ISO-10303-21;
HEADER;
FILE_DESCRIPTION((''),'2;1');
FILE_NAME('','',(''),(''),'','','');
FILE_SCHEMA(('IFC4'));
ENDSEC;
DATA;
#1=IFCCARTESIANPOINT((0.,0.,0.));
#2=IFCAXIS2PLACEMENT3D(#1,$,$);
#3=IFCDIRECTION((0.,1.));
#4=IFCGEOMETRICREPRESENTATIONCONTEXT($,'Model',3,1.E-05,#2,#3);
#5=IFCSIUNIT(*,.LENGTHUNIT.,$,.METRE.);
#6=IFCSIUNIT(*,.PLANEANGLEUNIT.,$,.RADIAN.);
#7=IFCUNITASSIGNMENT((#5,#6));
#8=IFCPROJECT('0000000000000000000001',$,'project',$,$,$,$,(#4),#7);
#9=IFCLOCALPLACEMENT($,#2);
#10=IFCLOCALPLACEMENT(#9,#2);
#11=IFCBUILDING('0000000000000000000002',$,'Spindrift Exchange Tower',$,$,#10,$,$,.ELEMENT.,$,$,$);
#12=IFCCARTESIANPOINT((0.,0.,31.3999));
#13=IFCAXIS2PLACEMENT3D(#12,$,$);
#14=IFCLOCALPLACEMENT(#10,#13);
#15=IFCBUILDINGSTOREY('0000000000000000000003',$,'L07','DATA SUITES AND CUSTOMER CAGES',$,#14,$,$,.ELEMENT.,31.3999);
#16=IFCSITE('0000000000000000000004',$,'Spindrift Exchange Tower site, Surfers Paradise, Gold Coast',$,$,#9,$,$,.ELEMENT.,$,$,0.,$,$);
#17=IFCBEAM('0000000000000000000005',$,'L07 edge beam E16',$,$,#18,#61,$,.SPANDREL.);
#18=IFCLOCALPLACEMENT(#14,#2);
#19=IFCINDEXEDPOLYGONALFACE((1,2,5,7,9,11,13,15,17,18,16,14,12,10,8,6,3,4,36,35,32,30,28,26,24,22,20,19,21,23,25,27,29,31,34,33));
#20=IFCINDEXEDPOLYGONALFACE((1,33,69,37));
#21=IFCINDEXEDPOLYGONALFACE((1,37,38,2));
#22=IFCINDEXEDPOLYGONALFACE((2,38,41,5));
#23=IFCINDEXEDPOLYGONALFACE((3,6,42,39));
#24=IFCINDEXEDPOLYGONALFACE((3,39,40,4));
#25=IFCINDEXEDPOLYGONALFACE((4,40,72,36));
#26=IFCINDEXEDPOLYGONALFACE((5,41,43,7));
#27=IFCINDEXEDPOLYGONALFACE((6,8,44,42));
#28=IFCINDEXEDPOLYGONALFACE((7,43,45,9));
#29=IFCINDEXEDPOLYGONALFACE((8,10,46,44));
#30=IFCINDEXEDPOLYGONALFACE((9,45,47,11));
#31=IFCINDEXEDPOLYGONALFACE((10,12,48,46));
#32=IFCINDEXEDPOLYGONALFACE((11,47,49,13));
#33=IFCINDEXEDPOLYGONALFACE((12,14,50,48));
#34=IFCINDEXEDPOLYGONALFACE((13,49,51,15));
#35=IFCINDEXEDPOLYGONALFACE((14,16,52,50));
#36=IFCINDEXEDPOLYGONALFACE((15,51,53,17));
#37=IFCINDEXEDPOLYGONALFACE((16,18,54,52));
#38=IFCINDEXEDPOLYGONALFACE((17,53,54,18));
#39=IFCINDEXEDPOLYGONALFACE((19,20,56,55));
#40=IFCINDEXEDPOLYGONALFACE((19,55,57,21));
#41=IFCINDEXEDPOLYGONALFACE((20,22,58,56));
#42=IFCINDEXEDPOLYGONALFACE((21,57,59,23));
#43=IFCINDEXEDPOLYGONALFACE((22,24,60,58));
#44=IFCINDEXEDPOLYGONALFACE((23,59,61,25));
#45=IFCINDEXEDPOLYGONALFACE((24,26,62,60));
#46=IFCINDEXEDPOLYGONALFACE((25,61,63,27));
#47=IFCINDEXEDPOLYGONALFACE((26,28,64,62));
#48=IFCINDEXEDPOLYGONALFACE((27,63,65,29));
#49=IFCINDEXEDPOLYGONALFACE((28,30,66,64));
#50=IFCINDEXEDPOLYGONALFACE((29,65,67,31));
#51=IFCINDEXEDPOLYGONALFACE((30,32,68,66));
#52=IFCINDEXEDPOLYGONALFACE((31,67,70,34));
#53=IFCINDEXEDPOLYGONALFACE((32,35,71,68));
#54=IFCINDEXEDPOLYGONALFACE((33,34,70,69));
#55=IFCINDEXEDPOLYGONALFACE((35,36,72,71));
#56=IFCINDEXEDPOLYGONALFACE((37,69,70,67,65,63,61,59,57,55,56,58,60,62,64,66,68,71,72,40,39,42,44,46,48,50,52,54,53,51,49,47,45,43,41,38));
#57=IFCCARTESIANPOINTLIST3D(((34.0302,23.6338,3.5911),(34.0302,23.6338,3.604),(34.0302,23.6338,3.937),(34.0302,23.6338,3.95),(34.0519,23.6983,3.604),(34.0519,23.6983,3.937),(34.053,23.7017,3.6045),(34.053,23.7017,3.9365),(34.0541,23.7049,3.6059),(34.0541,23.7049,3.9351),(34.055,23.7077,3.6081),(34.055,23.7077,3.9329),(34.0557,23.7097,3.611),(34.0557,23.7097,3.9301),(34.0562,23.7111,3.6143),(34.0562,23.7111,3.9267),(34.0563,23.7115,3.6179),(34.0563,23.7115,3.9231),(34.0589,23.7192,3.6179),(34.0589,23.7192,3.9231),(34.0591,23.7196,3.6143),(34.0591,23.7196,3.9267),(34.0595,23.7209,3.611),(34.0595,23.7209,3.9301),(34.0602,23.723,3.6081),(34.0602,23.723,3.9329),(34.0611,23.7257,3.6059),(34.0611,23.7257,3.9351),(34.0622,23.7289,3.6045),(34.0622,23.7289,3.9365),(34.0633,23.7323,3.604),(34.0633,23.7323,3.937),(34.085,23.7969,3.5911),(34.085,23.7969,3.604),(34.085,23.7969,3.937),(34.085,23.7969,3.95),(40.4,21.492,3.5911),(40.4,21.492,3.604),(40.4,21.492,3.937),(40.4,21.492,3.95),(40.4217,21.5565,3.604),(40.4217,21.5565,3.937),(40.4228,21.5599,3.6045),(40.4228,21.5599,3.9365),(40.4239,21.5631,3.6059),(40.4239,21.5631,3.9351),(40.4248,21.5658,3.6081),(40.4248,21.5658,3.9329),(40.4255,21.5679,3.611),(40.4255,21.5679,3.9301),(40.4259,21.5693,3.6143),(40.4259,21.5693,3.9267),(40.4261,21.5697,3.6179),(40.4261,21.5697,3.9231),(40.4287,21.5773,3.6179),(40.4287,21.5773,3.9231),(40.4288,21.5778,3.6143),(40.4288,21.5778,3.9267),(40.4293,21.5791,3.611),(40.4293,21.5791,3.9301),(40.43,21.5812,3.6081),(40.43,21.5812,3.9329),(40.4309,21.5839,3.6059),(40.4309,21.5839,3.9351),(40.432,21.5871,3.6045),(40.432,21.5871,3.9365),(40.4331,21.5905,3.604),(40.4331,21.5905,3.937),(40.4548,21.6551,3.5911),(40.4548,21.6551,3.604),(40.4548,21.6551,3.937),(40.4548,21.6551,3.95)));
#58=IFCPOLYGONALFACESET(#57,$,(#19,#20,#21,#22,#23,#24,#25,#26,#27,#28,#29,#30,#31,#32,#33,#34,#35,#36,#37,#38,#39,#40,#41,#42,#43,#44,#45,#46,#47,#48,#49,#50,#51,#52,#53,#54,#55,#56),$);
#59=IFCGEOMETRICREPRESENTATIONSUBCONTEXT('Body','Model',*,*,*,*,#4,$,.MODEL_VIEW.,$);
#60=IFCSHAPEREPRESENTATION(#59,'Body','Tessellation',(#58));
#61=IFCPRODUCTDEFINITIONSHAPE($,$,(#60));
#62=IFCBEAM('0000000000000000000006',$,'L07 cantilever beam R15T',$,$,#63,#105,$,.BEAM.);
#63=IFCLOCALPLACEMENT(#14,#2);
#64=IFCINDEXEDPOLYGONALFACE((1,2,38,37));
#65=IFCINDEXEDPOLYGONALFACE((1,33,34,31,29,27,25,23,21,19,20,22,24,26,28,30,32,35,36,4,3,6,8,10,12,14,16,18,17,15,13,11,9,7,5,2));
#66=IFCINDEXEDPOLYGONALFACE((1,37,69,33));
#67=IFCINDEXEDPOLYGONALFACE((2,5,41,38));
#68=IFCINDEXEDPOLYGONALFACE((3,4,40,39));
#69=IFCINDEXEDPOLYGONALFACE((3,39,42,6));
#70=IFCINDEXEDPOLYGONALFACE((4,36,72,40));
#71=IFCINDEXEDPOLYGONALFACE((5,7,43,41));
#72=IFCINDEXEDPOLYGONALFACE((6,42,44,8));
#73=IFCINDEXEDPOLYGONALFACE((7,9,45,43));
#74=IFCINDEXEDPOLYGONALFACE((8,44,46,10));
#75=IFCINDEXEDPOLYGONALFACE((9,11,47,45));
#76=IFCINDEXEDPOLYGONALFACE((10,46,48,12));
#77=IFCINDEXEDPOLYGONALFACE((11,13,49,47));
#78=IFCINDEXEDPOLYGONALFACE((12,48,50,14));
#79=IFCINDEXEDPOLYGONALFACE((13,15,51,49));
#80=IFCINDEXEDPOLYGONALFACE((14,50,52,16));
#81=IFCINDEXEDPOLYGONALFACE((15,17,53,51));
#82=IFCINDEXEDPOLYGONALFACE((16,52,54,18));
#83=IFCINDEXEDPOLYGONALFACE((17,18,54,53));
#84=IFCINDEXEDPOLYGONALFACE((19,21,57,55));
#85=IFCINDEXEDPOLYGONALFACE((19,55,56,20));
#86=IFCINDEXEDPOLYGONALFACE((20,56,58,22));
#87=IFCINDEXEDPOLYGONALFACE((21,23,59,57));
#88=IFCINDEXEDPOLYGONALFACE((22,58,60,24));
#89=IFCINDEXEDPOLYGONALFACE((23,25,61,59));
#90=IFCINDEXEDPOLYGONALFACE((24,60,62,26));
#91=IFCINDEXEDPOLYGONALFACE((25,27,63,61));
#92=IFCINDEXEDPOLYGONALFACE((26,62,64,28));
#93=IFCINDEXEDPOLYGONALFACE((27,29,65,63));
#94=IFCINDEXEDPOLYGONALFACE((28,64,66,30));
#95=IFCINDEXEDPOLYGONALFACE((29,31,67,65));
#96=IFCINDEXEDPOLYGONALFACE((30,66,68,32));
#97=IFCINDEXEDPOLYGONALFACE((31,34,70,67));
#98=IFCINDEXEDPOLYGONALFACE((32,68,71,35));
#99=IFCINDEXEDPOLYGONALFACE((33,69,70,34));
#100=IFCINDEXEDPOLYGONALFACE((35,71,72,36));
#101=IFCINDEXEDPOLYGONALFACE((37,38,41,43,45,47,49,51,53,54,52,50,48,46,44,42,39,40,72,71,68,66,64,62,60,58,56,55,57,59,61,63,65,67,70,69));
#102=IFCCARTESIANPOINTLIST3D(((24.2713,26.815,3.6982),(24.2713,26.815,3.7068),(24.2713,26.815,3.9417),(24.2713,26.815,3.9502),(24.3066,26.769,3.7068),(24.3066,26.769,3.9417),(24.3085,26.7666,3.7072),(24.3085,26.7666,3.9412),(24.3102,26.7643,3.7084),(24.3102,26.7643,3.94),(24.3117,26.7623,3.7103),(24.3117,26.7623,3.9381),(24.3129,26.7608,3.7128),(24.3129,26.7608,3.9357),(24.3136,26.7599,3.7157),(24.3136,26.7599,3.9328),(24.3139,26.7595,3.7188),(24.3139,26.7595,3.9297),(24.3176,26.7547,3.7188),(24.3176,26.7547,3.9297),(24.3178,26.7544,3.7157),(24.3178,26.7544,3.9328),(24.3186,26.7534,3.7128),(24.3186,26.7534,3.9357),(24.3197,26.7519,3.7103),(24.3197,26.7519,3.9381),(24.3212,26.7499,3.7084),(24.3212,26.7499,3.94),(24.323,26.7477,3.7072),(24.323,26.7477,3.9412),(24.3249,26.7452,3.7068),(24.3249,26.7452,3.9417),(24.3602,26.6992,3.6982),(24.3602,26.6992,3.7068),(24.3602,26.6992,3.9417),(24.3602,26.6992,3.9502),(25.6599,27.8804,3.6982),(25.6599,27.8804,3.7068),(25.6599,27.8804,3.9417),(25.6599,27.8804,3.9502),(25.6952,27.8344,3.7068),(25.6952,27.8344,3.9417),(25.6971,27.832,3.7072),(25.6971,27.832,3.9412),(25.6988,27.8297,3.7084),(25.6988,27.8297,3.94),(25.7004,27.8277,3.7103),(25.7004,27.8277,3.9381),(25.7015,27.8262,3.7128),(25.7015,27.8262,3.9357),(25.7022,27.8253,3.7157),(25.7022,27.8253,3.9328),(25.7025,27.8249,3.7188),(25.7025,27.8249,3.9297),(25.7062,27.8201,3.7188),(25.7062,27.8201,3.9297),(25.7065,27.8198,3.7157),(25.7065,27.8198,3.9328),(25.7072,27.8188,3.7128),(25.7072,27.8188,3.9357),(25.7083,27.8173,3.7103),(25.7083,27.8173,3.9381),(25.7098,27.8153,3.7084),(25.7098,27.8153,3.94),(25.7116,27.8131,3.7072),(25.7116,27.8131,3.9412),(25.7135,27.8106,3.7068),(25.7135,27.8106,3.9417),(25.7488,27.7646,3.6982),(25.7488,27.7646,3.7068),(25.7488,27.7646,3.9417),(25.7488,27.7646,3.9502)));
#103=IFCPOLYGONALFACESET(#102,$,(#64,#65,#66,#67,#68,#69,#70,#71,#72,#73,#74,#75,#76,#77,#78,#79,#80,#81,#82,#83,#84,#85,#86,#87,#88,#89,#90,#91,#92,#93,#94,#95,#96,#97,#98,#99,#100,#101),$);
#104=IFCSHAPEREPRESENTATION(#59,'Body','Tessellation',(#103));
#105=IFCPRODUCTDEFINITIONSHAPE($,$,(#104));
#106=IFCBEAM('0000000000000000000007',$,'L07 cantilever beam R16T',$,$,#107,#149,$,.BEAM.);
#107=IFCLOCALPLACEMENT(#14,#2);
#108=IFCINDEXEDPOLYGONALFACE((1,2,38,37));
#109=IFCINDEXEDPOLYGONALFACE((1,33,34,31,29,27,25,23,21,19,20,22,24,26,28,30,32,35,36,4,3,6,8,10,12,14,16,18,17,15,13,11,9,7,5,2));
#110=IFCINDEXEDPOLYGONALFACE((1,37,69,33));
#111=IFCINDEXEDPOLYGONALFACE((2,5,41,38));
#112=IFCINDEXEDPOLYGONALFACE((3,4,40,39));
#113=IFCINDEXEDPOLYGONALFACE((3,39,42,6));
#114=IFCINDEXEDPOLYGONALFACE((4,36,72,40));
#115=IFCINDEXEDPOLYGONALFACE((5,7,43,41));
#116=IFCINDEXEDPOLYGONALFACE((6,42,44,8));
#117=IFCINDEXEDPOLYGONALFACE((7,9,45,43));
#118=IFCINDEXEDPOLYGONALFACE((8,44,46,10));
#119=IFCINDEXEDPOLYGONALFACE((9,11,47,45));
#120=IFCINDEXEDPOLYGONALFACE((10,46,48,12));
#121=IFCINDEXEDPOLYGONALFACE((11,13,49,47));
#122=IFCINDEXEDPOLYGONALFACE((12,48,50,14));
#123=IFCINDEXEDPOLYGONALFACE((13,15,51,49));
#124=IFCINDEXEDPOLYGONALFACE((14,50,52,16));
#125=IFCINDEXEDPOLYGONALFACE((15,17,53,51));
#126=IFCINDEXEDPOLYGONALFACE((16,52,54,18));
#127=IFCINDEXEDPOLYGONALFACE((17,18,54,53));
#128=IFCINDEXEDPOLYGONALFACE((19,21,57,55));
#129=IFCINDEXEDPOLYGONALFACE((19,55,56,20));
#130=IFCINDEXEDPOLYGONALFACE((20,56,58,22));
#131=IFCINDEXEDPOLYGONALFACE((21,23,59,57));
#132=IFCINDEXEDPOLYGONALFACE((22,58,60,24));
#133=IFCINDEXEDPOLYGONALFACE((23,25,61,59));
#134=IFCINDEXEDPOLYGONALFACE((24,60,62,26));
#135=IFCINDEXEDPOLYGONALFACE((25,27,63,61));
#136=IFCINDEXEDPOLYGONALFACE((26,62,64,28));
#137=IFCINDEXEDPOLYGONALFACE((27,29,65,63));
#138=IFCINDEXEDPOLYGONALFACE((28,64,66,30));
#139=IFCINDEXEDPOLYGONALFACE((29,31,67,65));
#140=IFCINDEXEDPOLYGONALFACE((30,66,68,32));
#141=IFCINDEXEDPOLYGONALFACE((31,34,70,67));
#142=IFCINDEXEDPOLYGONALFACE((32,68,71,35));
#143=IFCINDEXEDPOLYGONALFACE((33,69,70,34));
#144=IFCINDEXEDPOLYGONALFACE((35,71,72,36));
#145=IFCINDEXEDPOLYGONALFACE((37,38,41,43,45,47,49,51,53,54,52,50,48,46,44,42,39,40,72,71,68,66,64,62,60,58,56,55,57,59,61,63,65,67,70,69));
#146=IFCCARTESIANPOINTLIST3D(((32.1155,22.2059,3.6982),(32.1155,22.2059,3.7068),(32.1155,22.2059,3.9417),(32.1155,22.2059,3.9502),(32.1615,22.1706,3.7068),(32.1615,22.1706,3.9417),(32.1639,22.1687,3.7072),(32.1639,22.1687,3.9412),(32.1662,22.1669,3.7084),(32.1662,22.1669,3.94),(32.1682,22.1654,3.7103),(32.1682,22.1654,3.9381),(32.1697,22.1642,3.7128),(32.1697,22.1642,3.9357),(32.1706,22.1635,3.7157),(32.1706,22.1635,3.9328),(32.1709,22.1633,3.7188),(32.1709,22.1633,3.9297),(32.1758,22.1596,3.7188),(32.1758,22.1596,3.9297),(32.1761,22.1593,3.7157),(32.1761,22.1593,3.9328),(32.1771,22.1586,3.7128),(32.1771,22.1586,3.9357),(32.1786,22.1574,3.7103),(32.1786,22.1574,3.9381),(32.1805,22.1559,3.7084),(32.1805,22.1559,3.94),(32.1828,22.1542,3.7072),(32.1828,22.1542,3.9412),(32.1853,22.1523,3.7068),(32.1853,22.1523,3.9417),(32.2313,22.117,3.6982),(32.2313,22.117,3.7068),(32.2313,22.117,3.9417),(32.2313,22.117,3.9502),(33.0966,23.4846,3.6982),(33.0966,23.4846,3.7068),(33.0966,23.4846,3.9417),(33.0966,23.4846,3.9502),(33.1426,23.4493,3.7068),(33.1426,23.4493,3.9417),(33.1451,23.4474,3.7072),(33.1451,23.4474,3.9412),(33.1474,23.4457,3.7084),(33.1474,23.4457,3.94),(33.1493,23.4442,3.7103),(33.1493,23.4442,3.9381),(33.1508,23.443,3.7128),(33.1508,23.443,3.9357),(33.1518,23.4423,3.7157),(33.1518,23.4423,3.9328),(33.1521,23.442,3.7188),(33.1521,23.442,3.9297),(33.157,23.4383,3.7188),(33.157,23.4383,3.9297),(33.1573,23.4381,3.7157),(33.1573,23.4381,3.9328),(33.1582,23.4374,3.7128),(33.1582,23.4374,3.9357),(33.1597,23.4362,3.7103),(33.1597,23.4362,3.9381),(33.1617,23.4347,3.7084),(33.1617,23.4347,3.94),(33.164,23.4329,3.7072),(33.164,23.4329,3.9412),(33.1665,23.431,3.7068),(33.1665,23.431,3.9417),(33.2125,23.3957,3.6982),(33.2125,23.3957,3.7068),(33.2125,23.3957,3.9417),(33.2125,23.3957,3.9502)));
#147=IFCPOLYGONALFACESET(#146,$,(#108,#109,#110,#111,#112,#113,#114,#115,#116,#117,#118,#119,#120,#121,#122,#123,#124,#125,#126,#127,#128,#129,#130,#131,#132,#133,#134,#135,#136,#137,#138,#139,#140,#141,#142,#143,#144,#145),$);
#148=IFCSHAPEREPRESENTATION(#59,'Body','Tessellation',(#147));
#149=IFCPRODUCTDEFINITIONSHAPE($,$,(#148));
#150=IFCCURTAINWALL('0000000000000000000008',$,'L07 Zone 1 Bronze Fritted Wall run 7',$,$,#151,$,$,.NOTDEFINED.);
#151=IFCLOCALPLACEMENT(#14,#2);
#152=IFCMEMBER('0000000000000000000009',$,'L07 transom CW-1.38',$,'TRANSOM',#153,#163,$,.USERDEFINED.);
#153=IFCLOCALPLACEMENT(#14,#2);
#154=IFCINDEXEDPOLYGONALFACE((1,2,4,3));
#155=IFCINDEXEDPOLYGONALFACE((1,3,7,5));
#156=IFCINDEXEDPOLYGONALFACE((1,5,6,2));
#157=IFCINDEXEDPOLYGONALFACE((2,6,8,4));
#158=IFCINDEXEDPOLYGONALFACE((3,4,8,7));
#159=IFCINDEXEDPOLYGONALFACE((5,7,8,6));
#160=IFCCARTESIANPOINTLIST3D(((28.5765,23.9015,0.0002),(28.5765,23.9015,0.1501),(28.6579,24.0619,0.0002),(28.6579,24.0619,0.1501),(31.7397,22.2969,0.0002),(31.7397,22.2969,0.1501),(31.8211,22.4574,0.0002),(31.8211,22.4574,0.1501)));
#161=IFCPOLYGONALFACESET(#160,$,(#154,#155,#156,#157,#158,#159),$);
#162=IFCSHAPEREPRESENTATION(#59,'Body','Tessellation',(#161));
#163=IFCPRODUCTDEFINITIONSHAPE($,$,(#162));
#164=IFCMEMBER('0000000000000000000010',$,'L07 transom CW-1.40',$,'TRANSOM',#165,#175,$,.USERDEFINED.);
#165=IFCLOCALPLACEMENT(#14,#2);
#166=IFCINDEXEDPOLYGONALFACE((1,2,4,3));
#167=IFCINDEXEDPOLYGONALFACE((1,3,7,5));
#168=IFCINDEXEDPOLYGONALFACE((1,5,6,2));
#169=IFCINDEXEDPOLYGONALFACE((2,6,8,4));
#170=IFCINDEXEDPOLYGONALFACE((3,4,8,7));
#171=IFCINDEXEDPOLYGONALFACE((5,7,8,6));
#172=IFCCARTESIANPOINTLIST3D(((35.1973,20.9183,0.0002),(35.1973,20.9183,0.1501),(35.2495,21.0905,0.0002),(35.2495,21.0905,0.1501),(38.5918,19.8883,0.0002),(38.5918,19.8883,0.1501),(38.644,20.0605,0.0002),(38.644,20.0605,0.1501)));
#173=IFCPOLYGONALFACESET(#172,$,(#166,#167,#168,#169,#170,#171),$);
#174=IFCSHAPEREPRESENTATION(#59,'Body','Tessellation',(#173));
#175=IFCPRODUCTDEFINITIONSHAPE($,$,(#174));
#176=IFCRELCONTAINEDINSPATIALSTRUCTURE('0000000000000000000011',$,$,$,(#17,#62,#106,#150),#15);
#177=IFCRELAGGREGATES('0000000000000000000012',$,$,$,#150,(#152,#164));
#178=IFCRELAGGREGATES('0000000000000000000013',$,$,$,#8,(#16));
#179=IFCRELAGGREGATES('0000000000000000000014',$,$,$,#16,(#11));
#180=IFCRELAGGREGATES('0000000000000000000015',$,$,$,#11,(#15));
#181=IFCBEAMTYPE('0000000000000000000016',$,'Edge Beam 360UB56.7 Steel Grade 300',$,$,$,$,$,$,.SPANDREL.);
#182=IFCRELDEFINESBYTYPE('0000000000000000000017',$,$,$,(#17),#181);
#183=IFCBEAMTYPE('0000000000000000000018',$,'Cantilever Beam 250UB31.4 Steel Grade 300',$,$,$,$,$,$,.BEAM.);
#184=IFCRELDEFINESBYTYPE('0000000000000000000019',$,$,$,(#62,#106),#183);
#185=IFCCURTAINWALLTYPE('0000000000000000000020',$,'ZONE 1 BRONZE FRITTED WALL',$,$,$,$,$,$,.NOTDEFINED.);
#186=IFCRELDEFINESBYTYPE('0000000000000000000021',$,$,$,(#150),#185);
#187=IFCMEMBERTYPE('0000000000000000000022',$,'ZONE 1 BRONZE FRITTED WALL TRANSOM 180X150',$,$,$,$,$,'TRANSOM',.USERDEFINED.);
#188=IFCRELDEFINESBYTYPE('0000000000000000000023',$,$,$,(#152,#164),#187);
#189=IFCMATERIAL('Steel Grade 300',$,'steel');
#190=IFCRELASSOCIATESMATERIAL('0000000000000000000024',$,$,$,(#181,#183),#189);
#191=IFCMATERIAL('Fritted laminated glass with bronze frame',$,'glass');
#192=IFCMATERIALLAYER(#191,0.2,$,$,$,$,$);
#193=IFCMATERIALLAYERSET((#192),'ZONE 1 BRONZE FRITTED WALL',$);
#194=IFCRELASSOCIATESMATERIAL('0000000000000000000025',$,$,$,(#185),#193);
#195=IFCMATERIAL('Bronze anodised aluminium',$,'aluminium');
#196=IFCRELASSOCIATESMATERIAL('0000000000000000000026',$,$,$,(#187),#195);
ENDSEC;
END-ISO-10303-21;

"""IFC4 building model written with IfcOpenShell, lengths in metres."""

from ifc_helpers import new_model, si_unit, direction, frame, origin, origin_2d, place, context, subcontext, project, spatial, rectangle, i_section, extrude, source, transform, mapped, material, layer, layer_set, material_profile, profile_set, type_object, element, aggregate, save


model = new_model("IFC4")

# Units and contexts
model_context = context("Model", 3, precision=1e-05, world=origin(), true_north=direction((0.0, 1.0)))
body_context = subcontext(model_context, "Body", "Model", "MODEL_VIEW")
ifc_project = project(units=[si_unit("LENGTHUNIT", "METRE"), si_unit("PLANEANGLEUNIT", "RADIAN")], contexts=[model_context])

# Site, building, storey
site_placement = place(None, origin())
site = spatial("IfcSite", under=ifc_project, at=site_placement, Name="Spindrift Exchange Tower site, Surfers Paradise, Gold Coast", CompositionType="ELEMENT", RefElevation=0.0)
building_placement = place(site_placement, origin())
building = spatial("IfcBuilding", under=site, at=building_placement, Name="Spindrift Exchange Tower", CompositionType="ELEMENT")
storey_placement = place(building_placement, frame((0.0, 0.0, 31.3999)))
storey = spatial("IfcBuildingStorey", under=building, at=storey_placement, Name="L07", Description="DATA SUITES AND CUSTOMER CAGES", CompositionType="ELEMENT", Elevation=31.3999)

# Beams
ifc_material_1 = material(Name="Steel Grade 300", Category="steel")
ifc_material_profile_1 = material_profile(ifc_material_1, i_section(OverallWidth=0.1721, OverallDepth=0.3589, WebThickness=0.0081, FlangeThickness=0.0129, FilletRadius=0.0139, at=origin_2d()), Name="360UB56.7")
ifc_profile_set_1 = profile_set([ifc_material_profile_1], Name="Steel Grade 300")
beam_type_1 = type_object("IfcBeamType", Name="Edge Beam 360UB56.7 Steel Grade 300", PredefinedType="SPANDREL", material=ifc_profile_set_1)
shared_shape_1 = source(origin(), body_context, "Body", "SweptSolid", [
    extrude(i_section(OverallWidth=0.1721, OverallDepth=0.3589, WebThickness=0.0081, FlangeThickness=0.0129, FilletRadius=0.0139, at=origin_2d()), origin(), (0.0, 0.0, 1.0), 6.7202),
])
beam_1_placement = place(storey_placement, frame((34.0576, 23.7153, 3.7705), z_axis=(0.947852, -0.318712, 0.0), x_axis=(0.318712, 0.947852, 0.0)))
element("IfcBeam", 1, at=beam_1_placement, inside=storey, type_object=beam_type_1, Name="L07 edge beam E16", PredefinedType="SPANDREL", context=body_context, shape_type="MappedRepresentation", body=[
    mapped(shared_shape_1, transform((0.0, 0.0, 0.0), scale=1.0)),
])
ifc_material_profile_2 = material_profile(ifc_material_1, i_section(OverallWidth=0.146, OverallDepth=0.252, WebThickness=0.0061, FlangeThickness=0.0085, FilletRadius=0.012, at=origin_2d()), Name="250UB31.4")
ifc_profile_set_2 = profile_set([ifc_material_profile_2], Name="Steel Grade 300")
beam_type_2 = type_object("IfcBeamType", Name="Cantilever Beam 250UB31.4 Steel Grade 300", PredefinedType="BEAM", material=ifc_profile_set_2)
shared_shape_2 = source(origin(), body_context, "Body", "SweptSolid", [
    extrude(i_section(OverallWidth=0.146, OverallDepth=0.252, WebThickness=0.0061, FlangeThickness=0.0085, FilletRadius=0.012, at=origin_2d()), origin(), (0.0, 0.0, 1.0), 1.7502),
])
beam_2_placement = place(storey_placement, frame((25.7043, 27.8225, 3.8242), z_axis=(-0.793391, -0.608713, 0.0), x_axis=(0.608713, -0.793391, 0.0)))
element("IfcBeam", 2, at=beam_2_placement, inside=storey, type_object=beam_type_2, Name="L07 cantilever beam R15T", PredefinedType="BEAM", context=body_context, shape_type="MappedRepresentation", body=[
    mapped(shared_shape_2, transform((0.0, 0.0, 0.0), scale=1.0)),
])
shared_shape_3 = source(origin(), body_context, "Body", "SweptSolid", [
    extrude(i_section(OverallWidth=0.146, OverallDepth=0.252, WebThickness=0.0061, FlangeThickness=0.0085, FilletRadius=0.012, at=origin_2d()), origin(), (0.0, 0.0, 1.0), 1.6118),
])
beam_3_placement = place(storey_placement, frame((33.1545, 23.4402, 3.8242), z_axis=(-0.608737, -0.793372, 0.0), x_axis=(0.793372, -0.608737, 0.0)))
element("IfcBeam", 3, at=beam_3_placement, inside=storey, type_object=beam_type_2, Name="L07 cantilever beam R16T", PredefinedType="BEAM", context=body_context, shape_type="MappedRepresentation", body=[
    mapped(shared_shape_3, transform((0.0, 0.0, 0.0), scale=1.0)),
])

# Curtain wall, members
ifc_material_2 = material(Name="Fritted laminated glass with bronze frame", Category="glass")
ifc_layer_1 = layer(ifc_material_2, 0.2)
ifc_layer_set_1 = layer_set([ifc_layer_1], Name="ZONE 1 BRONZE FRITTED WALL")
curtain_wall_type = type_object("IfcCurtainWallType", Name="ZONE 1 BRONZE FRITTED WALL", PredefinedType="NOTDEFINED", material=ifc_layer_set_1)
curtain_wall_1_placement = place(storey_placement, origin())
curtain_wall_1 = element("IfcCurtainWall", 4, at=curtain_wall_1_placement, inside=storey, type_object=curtain_wall_type, Name="L07 Zone 1 Bronze Fritted Wall run 7", PredefinedType="NOTDEFINED")
ifc_material_3 = material(Name="Bronze anodised aluminium", Category="aluminium")
ifc_material_profile_3 = material_profile(ifc_material_3, rectangle(XDim=0.1799, YDim=0.1499, at=origin_2d()), Name="ZONE 1 BRONZE FRITTED WALL TRANSOM 180X150")
ifc_profile_set_3 = profile_set([ifc_material_profile_3], Name="Bronze anodised aluminium")
member_type_1 = type_object("IfcMemberType", Name="ZONE 1 BRONZE FRITTED WALL TRANSOM 180X150", ElementType="TRANSOM", PredefinedType="USERDEFINED", material=ifc_profile_set_3)
shared_shape_4 = source(origin(), body_context, "Body", "SweptSolid", [
    extrude(rectangle(XDim=0.1799, YDim=0.1499, at=origin_2d()), origin(), (0.0, 0.0, 1.0), 3.5469),
])
member_1_placement = place(storey_placement, frame((28.6172, 23.9817, 0.0752), z_axis=(0.891824, -0.452382, 0.0), x_axis=(0.452382, 0.891824, 0.0)))
member_1 = element("IfcMember", 5, at=member_1_placement, type_object=member_type_1, Name="L07 transom CW-1.38", ObjectType="TRANSOM", PredefinedType="USERDEFINED", context=body_context, shape_type="MappedRepresentation", body=[
    mapped(shared_shape_4, transform((0.0, 0.0, 0.0), scale=1.0)),
])
shared_shape_5 = source(origin(), body_context, "Body", "SweptSolid", [
    extrude(rectangle(XDim=0.1799, YDim=0.1499, at=origin_2d()), origin(), (0.0, 0.0, 1.0), 3.5474),
])
member_2_placement = place(storey_placement, frame((35.2234, 21.0044, 0.0752), z_axis=(0.956916, -0.290365, 0.0), x_axis=(0.290365, 0.956916, 0.0)))
member_2 = element("IfcMember", 6, at=member_2_placement, type_object=member_type_1, Name="L07 transom CW-1.40", ObjectType="TRANSOM", PredefinedType="USERDEFINED", context=body_context, shape_type="MappedRepresentation", body=[
    mapped(shared_shape_5, transform((0.0, 0.0, 0.0), scale=1.0)),
])

aggregate(curtain_wall_1, [member_1, member_2])

save(model, "model.ifc")
